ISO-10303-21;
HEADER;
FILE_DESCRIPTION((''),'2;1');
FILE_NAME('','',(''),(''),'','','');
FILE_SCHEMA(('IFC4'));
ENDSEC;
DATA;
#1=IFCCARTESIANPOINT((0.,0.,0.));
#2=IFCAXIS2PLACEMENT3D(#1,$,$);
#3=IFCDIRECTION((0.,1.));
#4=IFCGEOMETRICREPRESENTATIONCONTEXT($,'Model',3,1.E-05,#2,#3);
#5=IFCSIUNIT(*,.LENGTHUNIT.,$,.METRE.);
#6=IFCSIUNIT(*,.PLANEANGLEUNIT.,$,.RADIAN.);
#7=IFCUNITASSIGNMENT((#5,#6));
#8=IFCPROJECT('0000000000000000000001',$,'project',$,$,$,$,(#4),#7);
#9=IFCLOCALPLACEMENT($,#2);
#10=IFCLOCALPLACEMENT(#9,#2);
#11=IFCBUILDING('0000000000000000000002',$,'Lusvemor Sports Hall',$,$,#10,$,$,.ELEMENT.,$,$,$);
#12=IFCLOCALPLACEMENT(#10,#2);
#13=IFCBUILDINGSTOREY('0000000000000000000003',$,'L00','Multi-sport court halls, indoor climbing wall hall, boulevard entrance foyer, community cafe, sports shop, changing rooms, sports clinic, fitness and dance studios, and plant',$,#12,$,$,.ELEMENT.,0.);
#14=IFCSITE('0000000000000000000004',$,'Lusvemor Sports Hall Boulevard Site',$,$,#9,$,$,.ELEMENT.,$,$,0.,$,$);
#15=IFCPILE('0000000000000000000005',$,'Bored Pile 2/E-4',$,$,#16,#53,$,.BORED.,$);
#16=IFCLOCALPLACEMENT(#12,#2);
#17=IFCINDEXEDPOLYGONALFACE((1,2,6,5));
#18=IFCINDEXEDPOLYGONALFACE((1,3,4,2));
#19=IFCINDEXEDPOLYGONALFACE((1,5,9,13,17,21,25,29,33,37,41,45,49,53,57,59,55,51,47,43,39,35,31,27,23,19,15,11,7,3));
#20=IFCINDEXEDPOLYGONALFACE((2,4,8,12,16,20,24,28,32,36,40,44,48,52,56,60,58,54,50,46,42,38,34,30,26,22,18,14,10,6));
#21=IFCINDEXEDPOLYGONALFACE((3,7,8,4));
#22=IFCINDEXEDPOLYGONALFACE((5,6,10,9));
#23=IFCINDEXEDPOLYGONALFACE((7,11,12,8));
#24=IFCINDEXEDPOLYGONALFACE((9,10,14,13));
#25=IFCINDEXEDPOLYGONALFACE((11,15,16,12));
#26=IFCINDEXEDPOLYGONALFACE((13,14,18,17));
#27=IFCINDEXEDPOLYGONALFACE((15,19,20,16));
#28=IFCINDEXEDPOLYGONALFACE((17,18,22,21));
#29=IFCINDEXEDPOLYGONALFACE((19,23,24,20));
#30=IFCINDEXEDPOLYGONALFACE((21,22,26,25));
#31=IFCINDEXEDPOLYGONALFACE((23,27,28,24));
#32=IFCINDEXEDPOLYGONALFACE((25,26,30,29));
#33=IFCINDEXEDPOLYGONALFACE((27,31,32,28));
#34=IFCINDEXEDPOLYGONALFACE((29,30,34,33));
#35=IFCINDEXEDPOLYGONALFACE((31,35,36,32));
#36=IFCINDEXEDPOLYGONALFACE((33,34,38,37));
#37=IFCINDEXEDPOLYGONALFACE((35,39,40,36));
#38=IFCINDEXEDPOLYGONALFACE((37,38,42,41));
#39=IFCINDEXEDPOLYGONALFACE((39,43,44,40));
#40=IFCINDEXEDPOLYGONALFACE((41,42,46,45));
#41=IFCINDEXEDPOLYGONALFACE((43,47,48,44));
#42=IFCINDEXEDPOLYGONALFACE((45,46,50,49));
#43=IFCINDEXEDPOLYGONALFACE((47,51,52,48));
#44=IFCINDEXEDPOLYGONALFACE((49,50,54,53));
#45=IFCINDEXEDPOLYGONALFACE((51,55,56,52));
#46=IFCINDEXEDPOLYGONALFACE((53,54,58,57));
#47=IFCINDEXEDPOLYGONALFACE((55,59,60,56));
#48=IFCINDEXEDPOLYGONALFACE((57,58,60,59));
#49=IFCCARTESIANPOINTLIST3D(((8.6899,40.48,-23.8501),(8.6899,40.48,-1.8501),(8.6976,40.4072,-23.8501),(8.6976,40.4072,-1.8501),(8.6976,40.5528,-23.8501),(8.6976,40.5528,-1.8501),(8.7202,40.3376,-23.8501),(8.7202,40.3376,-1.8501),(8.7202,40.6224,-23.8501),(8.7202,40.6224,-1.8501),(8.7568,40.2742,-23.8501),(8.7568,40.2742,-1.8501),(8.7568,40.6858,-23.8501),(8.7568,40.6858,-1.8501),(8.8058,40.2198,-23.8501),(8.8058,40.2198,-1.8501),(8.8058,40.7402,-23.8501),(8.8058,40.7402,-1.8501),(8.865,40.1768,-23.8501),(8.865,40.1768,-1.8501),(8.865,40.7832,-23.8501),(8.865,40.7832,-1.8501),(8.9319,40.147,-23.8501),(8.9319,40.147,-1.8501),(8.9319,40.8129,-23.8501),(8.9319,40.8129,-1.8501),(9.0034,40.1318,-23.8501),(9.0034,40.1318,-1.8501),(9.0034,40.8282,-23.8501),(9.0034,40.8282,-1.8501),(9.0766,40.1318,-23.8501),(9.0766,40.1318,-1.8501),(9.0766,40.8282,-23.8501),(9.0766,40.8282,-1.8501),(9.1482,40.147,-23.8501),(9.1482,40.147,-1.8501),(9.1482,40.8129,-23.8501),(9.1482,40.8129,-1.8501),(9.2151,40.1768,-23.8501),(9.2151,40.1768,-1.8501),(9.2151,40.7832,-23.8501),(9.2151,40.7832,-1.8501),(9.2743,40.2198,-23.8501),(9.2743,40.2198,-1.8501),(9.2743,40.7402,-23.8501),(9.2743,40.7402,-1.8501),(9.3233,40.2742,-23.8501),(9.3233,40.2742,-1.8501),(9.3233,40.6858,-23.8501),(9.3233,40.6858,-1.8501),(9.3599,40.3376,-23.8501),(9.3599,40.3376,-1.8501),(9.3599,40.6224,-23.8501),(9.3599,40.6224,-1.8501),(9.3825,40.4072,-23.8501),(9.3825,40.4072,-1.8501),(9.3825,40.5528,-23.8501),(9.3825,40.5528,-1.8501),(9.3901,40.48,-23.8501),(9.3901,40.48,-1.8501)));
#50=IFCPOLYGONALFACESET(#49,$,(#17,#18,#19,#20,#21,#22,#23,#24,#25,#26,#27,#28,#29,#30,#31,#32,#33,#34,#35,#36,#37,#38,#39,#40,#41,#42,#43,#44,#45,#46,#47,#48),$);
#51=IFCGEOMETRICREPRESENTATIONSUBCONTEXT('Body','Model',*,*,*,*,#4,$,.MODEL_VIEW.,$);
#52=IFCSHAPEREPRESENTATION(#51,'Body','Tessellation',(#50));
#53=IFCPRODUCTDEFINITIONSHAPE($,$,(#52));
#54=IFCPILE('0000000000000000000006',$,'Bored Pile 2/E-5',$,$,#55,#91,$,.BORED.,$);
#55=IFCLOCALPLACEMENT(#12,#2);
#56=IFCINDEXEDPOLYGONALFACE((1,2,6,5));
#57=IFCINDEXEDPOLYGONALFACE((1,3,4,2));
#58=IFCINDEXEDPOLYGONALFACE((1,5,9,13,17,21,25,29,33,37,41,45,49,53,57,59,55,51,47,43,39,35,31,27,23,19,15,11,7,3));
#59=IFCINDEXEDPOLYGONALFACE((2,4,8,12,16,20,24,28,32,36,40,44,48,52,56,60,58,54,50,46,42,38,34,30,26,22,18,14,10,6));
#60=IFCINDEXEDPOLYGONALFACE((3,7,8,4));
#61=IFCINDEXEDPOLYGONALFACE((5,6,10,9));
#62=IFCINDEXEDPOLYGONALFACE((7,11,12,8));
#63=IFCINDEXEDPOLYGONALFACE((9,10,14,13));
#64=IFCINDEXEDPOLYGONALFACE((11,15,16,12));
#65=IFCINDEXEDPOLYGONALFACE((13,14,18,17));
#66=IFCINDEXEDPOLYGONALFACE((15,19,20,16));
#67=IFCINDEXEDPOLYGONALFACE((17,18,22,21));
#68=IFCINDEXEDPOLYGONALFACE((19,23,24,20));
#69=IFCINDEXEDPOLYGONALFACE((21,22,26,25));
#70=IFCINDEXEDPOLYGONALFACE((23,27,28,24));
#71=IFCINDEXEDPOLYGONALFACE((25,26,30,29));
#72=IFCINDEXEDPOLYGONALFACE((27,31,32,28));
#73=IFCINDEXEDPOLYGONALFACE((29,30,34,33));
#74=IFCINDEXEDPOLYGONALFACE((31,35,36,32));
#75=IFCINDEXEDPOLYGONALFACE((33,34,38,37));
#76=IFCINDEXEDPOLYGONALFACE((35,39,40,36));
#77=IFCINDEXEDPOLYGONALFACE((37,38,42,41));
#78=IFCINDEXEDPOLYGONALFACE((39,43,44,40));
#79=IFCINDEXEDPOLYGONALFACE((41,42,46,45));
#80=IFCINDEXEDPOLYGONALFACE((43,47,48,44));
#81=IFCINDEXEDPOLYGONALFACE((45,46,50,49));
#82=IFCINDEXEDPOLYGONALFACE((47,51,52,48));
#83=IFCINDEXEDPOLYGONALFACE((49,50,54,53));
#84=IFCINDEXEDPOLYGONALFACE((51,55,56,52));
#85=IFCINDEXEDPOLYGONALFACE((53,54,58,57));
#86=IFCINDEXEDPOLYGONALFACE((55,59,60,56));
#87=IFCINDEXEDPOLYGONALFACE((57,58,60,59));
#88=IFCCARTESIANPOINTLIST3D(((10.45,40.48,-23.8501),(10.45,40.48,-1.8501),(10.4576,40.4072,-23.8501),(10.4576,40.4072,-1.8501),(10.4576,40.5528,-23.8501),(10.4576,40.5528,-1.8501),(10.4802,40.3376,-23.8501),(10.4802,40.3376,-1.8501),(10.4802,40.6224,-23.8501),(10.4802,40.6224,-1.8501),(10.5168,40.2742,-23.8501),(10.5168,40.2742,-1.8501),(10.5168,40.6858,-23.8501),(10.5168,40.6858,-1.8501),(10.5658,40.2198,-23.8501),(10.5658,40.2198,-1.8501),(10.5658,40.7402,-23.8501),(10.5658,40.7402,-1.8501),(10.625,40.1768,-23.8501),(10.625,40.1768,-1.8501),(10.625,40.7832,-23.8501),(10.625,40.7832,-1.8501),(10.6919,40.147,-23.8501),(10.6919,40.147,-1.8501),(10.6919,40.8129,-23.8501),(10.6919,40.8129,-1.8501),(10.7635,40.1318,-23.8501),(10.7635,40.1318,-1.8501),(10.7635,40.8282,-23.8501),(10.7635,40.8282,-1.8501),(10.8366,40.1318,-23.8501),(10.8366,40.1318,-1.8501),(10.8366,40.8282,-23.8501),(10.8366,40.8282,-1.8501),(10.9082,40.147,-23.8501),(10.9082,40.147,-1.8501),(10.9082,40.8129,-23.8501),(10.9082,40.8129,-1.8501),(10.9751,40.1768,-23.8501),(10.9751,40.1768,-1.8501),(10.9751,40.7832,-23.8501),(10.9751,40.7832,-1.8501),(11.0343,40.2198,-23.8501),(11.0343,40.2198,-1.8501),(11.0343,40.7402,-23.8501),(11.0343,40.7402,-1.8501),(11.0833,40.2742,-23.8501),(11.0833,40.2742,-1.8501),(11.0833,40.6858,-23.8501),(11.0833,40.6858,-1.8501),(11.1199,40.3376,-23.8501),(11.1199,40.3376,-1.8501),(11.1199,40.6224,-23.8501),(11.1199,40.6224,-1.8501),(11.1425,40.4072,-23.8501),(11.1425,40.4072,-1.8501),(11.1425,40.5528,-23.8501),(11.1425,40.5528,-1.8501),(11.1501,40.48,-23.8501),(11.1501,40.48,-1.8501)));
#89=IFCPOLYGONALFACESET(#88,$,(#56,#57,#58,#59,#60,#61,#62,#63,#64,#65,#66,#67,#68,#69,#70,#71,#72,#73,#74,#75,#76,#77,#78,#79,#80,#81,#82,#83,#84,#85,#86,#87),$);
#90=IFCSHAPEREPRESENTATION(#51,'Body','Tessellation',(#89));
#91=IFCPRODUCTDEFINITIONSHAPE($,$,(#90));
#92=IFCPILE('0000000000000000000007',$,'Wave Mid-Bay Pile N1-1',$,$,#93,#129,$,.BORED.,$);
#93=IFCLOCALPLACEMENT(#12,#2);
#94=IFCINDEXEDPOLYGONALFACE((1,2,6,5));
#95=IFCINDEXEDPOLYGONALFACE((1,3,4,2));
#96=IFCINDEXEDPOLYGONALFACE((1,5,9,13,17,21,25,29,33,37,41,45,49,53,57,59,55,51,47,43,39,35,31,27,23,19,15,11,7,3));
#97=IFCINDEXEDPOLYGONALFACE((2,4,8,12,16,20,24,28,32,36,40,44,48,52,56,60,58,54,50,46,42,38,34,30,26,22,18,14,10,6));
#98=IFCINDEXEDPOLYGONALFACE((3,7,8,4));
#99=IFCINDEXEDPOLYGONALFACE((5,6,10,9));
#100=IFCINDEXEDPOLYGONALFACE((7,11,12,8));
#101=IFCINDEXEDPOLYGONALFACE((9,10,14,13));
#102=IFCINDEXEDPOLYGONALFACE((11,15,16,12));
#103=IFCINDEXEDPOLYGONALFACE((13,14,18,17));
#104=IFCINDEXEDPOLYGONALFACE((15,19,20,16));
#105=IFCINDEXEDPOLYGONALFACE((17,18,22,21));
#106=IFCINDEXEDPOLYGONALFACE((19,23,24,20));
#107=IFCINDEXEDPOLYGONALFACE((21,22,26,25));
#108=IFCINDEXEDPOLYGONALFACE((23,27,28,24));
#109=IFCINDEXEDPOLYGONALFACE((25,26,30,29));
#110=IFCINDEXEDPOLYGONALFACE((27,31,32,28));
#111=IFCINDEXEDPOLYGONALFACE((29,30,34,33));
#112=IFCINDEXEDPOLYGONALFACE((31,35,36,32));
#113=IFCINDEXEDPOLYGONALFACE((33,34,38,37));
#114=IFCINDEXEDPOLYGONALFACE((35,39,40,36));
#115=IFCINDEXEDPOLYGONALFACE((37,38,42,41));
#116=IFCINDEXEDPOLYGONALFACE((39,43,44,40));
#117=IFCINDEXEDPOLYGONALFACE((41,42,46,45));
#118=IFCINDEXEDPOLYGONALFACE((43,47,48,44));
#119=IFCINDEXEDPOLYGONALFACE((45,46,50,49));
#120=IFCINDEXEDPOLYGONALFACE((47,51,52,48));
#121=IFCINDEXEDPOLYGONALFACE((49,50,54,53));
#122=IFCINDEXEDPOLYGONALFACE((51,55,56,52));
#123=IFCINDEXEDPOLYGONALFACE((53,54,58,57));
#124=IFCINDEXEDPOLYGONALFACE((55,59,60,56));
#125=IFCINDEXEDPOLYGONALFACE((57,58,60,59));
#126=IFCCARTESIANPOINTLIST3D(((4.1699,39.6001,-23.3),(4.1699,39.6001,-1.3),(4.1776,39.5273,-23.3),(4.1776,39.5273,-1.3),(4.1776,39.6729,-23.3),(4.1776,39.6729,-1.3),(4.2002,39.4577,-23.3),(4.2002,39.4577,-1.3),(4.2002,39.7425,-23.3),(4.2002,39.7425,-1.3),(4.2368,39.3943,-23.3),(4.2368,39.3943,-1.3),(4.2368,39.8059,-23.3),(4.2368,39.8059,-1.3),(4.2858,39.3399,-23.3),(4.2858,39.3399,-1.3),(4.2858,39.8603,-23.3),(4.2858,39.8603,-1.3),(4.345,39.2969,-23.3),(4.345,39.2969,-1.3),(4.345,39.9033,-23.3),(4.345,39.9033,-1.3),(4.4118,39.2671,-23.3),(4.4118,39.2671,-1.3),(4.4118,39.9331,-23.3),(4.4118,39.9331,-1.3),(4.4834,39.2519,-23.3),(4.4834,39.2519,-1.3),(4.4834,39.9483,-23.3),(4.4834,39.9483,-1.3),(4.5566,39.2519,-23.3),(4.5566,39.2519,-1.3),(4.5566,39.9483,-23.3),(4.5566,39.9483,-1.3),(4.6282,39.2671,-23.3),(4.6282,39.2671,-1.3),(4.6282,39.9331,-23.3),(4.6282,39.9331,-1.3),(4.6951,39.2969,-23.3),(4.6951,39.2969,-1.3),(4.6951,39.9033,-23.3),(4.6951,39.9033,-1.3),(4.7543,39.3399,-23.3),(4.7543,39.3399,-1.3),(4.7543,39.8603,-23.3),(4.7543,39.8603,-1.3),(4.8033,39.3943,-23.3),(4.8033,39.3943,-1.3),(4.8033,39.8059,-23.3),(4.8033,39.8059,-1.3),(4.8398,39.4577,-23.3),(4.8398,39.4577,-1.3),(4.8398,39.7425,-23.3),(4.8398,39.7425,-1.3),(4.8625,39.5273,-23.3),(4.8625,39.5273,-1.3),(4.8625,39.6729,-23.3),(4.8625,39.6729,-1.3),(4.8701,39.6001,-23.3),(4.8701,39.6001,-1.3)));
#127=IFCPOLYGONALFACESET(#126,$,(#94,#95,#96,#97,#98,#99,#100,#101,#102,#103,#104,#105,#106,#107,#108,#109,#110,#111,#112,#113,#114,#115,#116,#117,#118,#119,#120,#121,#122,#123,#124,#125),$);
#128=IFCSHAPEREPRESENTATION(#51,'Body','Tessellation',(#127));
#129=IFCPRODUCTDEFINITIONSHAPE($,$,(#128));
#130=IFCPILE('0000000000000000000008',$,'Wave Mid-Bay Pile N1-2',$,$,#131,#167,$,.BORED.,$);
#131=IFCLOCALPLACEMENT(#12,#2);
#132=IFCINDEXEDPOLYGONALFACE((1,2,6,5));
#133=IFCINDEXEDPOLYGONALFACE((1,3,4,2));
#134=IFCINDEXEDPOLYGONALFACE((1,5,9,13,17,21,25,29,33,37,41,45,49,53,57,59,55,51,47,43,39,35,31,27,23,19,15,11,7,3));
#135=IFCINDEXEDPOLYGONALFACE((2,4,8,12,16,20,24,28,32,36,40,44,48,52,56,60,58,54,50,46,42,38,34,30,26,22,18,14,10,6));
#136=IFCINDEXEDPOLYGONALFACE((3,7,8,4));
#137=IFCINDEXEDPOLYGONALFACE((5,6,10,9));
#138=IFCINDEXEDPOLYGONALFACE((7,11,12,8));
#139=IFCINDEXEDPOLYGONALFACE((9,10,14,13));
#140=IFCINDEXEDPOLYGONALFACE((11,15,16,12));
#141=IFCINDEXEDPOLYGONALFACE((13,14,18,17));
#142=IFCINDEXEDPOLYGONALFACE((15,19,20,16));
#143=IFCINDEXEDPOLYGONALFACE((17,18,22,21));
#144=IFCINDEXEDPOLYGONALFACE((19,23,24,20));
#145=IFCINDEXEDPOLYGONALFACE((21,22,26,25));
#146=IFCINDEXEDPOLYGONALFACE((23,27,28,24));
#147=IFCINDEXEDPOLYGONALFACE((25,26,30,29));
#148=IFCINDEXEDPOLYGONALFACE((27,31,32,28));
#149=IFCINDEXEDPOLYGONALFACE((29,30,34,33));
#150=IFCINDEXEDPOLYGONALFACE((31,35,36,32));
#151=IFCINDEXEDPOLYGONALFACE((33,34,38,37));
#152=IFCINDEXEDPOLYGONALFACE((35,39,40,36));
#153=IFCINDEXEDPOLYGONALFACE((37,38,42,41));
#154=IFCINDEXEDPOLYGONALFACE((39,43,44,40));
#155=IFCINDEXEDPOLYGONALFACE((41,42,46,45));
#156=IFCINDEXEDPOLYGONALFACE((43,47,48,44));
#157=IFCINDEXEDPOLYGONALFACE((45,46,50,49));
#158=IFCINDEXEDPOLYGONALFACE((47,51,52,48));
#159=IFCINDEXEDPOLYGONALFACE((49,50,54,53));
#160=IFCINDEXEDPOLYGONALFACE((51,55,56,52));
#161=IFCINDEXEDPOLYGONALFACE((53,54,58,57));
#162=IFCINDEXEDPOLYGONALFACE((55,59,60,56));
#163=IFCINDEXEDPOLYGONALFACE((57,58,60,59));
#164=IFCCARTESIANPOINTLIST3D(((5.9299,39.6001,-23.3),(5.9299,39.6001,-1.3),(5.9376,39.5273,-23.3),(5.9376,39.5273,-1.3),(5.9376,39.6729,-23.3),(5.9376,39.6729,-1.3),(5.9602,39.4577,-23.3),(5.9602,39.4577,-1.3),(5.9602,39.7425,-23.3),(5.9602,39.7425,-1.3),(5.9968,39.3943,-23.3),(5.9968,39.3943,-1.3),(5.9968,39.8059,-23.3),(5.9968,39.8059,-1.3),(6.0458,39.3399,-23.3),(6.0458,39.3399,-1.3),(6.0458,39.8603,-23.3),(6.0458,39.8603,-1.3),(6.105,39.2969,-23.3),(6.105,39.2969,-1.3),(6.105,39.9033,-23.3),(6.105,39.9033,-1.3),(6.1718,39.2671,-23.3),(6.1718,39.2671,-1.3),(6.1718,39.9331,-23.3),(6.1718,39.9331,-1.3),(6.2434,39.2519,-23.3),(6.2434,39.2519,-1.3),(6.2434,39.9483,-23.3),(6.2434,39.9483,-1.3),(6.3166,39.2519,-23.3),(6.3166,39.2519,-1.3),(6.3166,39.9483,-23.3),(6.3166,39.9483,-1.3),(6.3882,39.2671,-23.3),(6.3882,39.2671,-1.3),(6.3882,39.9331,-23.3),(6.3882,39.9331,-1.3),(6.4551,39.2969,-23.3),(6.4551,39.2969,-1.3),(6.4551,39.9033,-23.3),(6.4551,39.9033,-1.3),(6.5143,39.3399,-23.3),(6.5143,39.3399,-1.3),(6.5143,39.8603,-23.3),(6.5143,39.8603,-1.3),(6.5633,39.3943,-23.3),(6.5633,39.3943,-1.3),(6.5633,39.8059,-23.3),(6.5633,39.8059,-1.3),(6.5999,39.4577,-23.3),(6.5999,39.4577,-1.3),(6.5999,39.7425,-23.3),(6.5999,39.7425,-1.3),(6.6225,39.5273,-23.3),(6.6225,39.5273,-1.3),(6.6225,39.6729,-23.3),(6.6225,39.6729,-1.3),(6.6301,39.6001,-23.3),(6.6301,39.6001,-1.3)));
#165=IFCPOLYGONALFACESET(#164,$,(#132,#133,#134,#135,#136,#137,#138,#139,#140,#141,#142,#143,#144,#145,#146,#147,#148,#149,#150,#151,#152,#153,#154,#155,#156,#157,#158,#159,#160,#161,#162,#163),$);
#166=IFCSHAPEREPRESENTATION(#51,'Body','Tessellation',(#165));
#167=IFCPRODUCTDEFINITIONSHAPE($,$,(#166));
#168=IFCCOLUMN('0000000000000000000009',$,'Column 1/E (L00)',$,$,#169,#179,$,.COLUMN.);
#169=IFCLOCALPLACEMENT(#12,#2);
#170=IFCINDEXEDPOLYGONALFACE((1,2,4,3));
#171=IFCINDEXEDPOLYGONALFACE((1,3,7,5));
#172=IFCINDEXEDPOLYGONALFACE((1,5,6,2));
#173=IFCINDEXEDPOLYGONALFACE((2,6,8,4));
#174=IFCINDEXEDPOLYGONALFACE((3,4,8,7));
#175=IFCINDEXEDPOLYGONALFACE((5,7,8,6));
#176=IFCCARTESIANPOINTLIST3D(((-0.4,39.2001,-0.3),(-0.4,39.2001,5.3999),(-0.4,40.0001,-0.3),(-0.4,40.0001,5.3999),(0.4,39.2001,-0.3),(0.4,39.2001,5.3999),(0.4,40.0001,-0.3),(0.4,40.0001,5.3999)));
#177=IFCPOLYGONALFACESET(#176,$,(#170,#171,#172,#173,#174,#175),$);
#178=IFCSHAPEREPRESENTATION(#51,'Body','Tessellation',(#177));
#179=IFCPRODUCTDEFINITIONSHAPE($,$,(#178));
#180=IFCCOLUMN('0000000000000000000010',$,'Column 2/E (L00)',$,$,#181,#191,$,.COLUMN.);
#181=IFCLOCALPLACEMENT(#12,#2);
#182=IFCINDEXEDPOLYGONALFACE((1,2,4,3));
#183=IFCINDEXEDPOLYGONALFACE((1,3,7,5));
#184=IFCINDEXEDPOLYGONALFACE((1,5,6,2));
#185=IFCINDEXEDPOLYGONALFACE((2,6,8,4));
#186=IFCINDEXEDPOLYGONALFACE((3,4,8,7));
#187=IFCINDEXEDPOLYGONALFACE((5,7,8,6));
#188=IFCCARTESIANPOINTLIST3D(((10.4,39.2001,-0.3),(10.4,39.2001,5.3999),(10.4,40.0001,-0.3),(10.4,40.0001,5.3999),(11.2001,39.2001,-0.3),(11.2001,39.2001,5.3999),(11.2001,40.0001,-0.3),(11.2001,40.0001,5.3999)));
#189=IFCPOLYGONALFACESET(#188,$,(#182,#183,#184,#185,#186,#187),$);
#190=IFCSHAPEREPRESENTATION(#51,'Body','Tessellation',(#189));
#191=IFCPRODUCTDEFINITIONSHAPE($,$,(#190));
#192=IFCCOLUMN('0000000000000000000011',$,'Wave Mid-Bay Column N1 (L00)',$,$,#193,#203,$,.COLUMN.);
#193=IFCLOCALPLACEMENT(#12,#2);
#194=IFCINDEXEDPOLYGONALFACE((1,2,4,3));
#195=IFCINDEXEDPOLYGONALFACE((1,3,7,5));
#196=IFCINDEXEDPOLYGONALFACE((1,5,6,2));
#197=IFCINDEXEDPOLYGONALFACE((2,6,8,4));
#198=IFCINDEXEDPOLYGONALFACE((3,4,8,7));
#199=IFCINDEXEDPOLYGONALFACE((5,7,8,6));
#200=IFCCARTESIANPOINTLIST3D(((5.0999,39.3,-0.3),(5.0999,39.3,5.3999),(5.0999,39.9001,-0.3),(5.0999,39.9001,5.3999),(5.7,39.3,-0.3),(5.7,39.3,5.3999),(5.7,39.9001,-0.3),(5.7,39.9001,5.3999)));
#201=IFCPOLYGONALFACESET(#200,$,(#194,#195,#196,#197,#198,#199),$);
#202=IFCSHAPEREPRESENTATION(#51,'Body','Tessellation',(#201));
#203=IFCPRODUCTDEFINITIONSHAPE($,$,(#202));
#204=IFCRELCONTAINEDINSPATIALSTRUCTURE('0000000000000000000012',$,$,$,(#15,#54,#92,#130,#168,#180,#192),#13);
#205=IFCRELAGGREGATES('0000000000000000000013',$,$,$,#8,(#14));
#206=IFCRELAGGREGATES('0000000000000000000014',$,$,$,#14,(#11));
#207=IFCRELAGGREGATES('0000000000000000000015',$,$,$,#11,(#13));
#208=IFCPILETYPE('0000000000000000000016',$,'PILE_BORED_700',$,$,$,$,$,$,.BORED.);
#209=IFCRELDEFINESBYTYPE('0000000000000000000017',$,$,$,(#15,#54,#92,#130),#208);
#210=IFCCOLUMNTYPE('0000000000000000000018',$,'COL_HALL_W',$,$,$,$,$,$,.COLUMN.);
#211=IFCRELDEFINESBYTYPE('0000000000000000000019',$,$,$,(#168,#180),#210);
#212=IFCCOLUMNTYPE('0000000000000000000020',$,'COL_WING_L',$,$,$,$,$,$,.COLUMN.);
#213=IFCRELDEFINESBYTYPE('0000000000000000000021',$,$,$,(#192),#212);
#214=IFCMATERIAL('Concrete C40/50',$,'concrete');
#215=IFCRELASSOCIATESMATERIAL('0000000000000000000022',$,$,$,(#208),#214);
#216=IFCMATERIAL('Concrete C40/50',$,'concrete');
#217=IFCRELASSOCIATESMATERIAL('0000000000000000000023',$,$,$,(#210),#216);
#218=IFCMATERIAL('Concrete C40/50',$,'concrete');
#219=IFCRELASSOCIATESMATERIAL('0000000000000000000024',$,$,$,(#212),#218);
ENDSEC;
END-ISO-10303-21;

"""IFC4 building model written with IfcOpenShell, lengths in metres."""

from ifc_helpers import new_model, si_unit, direction, frame, origin, origin_2d, place, context, subcontext, project, spatial, rectangle, circle, extrude, material, material_profile, profile_set, type_object, element, save


model = new_model("IFC4")

# Units and contexts
model_context = context("Model", 3, precision=1e-05, world=origin(), true_north=direction((0.0, 1.0)))
body_context = subcontext(model_context, "Body", "Model", "MODEL_VIEW")
ifc_project = project(units=[si_unit("LENGTHUNIT", "METRE"), si_unit("PLANEANGLEUNIT", "RADIAN")], contexts=[model_context])

# Site, building, storey
site_placement = place(None, origin())
site = spatial("IfcSite", under=ifc_project, at=site_placement, Name="Lusvemor Sports Hall Boulevard Site", CompositionType="ELEMENT", RefElevation=0.0)
building_placement = place(site_placement, origin())
building = spatial("IfcBuilding", under=site, at=building_placement, Name="Lusvemor Sports Hall", CompositionType="ELEMENT")
storey_placement = place(building_placement, origin())
storey = spatial("IfcBuildingStorey", under=building, at=storey_placement, Name="L00", Description="Multi-sport court halls, indoor climbing wall hall, boulevard entrance foyer, community cafe, sports shop, changing rooms, sports clinic, fitness and dance studios, and plant", CompositionType="ELEMENT", Elevation=0.0)

# Piles
ifc_material_1 = material(Name="Concrete C40/50", Category="concrete")
ifc_material_profile_1 = material_profile(ifc_material_1, circle(Radius=0.3501, at=origin_2d()), Name="PILE700")
ifc_profile_set_1 = profile_set([ifc_material_profile_1], Name="Concrete C40/50")
pile_type = type_object("IfcPileType", Name="PILE_BORED_700", PredefinedType="BORED", material=ifc_profile_set_1)
for number, where, z_axis, x_axis, name in (
    (1, (9.04, 40.48, -1.8501), (0.0, 0.0, -1.0), (1.0, 0.0, 0.0), "Bored Pile 2/E-4"),
    (2, (10.8, 40.48, -1.8501), (0.0, 0.0, -1.0), (1.0, 0.0, 0.0), "Bored Pile 2/E-5"),
    (3, (4.52, 39.6001, -1.3), (0.0, 0.0, -1.0), (1.0, 0.0, 0.0), "Wave Mid-Bay Pile N1-1"),
    (4, (6.28, 39.6001, -1.3), (0.0, 0.0, -1.0), (1.0, 0.0, 0.0), "Wave Mid-Bay Pile N1-2"),
):
    element("IfcPile", number, at=place(storey_placement, frame(where, z_axis=z_axis, x_axis=x_axis)), inside=storey, type_object=pile_type, Name=name, PredefinedType="BORED", context=body_context, shape_type="SweptSolid", body=[
        extrude(circle(Radius=0.3501, at=origin_2d()), origin(), (0.0, 0.0, 1.0), 22.0),
    ])

# Columns
ifc_material_2 = material(Name="Concrete C40/50", Category="concrete")
ifc_material_profile_2 = material_profile(ifc_material_2, rectangle(XDim=0.8, YDim=0.8, at=origin_2d()), Name="RC800x800")
ifc_profile_set_2 = profile_set([ifc_material_profile_2], Name="Concrete C40/50")
column_type_1 = type_object("IfcColumnType", Name="COL_HALL_W", PredefinedType="COLUMN", material=ifc_profile_set_2)
for number, where, z_axis, x_axis, name in (
    (5, (0.0, 39.6001, -0.3), (0.0, 0.0, 1.0), (1.0, 0.0, 0.0), "Column 1/E (L00)"),
    (6, (10.8, 39.6001, -0.3), (0.0, 0.0, 1.0), (1.0, 0.0, 0.0), "Column 2/E (L00)"),
):
    element("IfcColumn", number, at=place(storey_placement, frame(where, z_axis=z_axis, x_axis=x_axis)), inside=storey, type_object=column_type_1, Name=name, PredefinedType="COLUMN", context=body_context, shape_type="SweptSolid", body=[
        extrude(rectangle(XDim=0.8, YDim=0.8, at=origin_2d()), origin(), (0.0, 0.0, 1.0), 5.7),
    ])
ifc_material_3 = material(Name="Concrete C40/50", Category="concrete")
ifc_material_profile_3 = material_profile(ifc_material_3, rectangle(XDim=0.6001, YDim=0.6001, at=origin_2d()), Name="RC600x600")
ifc_profile_set_3 = profile_set([ifc_material_profile_3], Name="Concrete C40/50")
column_type_2 = type_object("IfcColumnType", Name="COL_WING_L", PredefinedType="COLUMN", material=ifc_profile_set_3)
column_placement = place(storey_placement, frame((5.3999, 39.6001, -0.3), z_axis=(0.0, 0.0, 1.0), x_axis=(1.0, 0.0, 0.0)))
element("IfcColumn", 7, at=column_placement, inside=storey, type_object=column_type_2, Name="Wave Mid-Bay Column N1 (L00)", PredefinedType="COLUMN", context=body_context, shape_type="SweptSolid", body=[
    extrude(rectangle(XDim=0.6001, YDim=0.6001, at=origin_2d()), origin(), (0.0, 0.0, 1.0), 5.7),
])

save(model, "model.ifc")
